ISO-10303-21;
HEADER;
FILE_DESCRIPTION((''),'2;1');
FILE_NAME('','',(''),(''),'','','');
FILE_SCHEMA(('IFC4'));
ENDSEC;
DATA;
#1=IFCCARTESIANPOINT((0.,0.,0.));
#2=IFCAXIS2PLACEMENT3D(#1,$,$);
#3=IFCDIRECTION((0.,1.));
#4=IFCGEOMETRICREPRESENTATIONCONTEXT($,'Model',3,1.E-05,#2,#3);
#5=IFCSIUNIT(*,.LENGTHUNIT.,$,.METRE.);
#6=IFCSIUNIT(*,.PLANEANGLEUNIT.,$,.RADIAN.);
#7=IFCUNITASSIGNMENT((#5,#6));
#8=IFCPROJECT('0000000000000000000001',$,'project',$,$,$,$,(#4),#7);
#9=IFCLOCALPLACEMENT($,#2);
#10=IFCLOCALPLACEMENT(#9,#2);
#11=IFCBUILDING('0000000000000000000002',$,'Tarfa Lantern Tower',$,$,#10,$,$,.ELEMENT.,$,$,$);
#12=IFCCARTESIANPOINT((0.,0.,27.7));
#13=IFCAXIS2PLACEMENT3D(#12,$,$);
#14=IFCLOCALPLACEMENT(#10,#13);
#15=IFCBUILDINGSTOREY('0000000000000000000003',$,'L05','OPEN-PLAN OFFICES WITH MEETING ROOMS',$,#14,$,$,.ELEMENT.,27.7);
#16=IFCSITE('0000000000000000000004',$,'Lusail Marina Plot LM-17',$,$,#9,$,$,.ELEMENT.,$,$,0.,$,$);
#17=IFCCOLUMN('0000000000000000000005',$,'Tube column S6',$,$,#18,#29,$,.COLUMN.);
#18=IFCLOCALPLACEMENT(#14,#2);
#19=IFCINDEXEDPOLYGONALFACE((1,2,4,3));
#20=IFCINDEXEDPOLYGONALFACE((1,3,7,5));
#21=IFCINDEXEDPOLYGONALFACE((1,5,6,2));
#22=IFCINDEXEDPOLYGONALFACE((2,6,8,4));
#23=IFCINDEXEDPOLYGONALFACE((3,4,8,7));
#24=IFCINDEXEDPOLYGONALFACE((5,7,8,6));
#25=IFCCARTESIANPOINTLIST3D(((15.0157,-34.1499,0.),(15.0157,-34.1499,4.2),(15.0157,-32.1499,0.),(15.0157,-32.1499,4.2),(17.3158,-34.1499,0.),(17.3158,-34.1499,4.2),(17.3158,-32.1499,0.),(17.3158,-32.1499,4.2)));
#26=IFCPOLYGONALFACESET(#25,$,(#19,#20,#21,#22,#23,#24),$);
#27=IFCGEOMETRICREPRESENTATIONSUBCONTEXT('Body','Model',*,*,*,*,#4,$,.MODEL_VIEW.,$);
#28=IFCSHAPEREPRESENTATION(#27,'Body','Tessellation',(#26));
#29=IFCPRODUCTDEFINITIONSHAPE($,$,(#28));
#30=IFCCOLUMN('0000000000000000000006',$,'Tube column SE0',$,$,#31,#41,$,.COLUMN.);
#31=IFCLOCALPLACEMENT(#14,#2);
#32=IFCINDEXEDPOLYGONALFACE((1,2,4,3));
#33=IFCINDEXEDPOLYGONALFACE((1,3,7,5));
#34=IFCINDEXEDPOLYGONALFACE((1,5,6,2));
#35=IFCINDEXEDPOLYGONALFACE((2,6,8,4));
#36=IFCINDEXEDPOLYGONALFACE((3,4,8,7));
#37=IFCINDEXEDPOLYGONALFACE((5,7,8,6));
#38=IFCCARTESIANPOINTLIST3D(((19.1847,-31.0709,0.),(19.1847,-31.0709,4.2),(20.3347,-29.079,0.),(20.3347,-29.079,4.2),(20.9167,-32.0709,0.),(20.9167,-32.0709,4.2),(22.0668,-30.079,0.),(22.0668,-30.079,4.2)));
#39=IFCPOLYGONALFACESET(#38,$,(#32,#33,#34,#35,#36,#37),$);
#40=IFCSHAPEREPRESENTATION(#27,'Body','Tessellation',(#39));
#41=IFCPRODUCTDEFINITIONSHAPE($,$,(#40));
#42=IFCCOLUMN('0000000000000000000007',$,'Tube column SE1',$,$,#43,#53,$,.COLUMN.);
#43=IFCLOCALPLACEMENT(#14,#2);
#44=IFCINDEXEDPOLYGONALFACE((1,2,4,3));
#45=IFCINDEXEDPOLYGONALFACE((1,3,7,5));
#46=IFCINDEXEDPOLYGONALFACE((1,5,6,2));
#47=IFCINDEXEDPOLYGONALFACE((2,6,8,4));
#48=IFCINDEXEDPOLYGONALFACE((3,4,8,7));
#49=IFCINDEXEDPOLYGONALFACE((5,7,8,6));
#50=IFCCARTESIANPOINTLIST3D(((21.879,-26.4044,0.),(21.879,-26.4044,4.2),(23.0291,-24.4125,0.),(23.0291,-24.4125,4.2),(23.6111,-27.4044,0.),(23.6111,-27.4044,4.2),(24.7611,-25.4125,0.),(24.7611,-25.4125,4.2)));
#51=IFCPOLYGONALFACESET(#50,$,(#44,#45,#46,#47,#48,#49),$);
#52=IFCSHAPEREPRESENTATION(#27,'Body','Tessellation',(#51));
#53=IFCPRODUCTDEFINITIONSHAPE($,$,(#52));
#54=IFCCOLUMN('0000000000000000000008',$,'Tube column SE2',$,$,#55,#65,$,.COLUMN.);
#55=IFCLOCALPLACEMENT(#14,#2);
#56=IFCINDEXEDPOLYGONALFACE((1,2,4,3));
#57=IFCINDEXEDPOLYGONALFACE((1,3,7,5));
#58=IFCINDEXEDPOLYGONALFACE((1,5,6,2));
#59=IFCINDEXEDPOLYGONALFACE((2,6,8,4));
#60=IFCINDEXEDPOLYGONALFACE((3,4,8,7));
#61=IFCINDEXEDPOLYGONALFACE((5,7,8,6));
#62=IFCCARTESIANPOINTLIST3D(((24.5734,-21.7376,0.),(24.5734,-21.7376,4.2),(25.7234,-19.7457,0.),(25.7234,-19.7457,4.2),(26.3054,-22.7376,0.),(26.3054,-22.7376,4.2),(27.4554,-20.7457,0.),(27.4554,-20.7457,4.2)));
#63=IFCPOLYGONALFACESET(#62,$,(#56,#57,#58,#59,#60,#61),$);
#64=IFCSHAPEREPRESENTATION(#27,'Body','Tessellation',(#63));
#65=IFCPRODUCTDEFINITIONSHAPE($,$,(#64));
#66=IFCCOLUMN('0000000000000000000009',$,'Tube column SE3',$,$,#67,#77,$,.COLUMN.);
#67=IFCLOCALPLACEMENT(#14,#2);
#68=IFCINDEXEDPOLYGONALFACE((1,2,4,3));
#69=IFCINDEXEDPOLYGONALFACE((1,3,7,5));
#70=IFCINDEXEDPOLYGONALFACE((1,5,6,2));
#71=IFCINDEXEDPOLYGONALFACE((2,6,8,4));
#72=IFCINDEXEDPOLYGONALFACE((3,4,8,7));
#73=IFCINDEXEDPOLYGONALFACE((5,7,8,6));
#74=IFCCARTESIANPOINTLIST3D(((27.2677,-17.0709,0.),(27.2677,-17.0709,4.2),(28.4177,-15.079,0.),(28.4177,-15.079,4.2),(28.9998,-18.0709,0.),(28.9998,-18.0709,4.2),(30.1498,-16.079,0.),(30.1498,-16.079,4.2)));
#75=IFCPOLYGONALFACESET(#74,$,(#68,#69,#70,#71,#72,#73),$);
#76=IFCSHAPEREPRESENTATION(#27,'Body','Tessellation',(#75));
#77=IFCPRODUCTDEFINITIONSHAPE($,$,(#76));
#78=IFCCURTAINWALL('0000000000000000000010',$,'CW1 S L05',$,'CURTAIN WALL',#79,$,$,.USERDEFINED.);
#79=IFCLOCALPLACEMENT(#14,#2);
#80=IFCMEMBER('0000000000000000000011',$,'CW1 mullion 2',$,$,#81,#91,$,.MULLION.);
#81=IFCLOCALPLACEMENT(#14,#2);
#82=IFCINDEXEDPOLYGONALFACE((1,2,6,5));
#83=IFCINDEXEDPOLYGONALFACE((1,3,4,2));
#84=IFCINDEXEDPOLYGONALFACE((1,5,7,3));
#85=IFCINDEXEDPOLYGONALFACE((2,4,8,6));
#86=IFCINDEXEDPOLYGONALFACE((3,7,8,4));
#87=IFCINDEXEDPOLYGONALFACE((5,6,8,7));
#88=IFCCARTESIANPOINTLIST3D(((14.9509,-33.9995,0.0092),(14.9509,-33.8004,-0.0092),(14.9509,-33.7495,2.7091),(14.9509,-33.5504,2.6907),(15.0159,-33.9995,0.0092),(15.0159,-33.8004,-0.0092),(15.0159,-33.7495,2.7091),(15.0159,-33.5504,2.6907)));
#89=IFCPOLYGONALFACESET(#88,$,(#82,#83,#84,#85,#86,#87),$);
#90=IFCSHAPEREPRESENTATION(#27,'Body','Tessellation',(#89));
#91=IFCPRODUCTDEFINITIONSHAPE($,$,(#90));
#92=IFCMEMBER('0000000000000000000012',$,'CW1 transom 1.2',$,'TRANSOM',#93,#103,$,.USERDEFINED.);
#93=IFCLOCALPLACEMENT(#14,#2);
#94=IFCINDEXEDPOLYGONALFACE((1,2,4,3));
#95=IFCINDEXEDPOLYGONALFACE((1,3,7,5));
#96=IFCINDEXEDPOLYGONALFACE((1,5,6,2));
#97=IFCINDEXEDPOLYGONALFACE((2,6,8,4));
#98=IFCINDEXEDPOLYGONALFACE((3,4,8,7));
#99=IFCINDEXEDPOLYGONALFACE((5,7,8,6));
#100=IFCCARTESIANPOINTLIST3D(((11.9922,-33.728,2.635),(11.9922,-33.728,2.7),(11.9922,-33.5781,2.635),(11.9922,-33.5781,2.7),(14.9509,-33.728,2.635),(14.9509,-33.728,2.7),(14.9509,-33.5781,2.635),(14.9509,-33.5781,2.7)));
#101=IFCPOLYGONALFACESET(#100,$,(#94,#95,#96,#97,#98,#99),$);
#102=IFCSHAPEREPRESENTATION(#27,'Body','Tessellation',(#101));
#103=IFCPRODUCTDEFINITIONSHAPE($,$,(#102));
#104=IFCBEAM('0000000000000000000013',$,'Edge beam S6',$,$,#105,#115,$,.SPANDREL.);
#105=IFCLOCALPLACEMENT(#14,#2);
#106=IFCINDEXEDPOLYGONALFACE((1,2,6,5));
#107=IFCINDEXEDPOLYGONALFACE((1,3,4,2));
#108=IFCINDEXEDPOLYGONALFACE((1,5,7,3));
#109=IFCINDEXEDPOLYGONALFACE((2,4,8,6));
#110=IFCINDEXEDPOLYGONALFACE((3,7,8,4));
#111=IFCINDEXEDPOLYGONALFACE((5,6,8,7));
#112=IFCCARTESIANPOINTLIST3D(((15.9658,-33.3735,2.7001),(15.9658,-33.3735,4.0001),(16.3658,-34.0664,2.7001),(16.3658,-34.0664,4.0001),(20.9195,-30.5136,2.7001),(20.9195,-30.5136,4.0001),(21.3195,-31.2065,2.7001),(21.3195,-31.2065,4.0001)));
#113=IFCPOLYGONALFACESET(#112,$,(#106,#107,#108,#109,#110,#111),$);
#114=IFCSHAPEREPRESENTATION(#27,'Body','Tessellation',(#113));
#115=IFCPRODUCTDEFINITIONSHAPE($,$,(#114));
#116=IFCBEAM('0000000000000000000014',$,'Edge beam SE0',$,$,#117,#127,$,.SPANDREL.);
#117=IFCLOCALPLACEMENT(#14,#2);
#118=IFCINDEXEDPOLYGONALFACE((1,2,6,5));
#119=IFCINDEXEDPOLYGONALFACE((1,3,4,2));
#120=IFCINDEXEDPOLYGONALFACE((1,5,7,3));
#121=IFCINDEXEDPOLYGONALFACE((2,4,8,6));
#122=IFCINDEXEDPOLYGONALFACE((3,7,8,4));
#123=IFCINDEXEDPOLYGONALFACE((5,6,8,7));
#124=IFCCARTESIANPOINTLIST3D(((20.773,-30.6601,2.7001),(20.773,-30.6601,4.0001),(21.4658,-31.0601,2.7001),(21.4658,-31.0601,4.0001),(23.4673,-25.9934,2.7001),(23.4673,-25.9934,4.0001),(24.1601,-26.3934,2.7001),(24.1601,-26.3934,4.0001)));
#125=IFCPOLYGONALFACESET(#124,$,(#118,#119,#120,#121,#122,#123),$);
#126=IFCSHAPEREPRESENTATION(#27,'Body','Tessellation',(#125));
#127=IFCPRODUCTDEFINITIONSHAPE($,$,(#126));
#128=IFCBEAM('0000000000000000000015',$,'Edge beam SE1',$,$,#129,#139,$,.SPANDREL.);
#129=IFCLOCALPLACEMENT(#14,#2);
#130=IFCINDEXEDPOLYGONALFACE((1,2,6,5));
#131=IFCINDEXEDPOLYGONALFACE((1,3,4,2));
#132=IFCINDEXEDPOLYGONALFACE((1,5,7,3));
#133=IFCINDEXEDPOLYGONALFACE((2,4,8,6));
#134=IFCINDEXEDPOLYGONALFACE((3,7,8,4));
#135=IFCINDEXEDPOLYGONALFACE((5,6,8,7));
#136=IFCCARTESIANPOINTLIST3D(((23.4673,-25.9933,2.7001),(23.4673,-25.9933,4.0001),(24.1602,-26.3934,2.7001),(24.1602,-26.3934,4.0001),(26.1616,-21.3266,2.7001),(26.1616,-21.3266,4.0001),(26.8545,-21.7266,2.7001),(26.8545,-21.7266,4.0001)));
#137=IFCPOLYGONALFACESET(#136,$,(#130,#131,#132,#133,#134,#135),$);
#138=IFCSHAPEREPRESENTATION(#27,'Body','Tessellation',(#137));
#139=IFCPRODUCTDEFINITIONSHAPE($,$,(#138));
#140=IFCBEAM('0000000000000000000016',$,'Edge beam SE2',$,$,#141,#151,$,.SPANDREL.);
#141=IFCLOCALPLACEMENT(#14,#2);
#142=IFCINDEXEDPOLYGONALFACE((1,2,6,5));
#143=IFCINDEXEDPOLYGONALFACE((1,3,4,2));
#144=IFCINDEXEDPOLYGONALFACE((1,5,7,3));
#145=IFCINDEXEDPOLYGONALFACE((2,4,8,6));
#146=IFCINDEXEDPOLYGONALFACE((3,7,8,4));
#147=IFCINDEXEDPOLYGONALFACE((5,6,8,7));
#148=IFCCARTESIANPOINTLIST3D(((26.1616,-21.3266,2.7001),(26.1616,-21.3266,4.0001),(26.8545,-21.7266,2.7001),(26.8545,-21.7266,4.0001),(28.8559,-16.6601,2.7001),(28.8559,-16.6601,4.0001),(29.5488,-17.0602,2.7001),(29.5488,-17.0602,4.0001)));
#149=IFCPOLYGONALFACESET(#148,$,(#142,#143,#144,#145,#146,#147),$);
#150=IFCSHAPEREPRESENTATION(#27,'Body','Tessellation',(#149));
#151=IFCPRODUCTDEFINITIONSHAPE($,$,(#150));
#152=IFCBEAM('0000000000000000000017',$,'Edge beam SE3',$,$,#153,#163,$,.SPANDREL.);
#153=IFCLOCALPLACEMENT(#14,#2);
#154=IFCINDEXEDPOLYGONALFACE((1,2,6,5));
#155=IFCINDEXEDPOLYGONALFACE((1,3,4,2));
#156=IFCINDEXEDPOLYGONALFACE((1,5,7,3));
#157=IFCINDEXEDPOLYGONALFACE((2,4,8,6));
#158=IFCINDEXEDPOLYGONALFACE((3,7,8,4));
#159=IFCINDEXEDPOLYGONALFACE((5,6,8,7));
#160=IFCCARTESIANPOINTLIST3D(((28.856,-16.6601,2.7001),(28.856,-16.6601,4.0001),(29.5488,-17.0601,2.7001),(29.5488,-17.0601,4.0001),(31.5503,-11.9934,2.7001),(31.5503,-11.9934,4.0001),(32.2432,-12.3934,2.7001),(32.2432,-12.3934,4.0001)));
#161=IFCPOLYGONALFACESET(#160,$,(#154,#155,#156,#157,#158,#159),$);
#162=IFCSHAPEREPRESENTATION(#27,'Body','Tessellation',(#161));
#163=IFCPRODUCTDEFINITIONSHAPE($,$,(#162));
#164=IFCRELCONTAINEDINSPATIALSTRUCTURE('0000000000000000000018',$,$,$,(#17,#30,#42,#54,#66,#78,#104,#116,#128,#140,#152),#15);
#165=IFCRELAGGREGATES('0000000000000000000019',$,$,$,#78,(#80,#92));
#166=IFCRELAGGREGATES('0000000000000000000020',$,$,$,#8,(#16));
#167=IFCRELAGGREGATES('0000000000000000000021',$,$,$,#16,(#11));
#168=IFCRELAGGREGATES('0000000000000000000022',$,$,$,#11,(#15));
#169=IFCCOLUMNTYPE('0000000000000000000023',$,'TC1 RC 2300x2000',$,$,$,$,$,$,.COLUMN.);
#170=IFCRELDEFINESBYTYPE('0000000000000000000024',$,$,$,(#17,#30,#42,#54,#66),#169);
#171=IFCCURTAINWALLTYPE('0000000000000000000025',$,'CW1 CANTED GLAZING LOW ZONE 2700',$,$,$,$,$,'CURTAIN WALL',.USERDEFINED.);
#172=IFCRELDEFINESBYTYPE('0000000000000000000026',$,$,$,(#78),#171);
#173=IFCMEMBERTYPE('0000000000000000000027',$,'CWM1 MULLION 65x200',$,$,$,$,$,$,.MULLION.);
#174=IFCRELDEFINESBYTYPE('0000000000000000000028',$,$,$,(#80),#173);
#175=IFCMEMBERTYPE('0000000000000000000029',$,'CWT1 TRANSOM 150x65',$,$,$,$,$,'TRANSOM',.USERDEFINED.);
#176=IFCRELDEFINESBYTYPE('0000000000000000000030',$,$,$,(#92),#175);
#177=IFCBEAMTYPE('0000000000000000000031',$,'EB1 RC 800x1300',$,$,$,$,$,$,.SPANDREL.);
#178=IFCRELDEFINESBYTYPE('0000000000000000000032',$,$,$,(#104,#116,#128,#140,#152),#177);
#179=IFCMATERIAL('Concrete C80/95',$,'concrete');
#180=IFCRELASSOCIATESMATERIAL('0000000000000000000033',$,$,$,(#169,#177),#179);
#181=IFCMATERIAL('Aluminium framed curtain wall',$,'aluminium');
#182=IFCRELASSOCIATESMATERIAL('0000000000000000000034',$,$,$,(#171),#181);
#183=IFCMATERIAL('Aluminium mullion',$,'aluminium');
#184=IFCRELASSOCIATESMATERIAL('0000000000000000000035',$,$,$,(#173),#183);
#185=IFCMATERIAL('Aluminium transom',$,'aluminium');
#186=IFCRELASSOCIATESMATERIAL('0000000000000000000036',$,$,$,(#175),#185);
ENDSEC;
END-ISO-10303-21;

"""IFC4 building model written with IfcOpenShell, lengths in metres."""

from ifc_helpers import new_model, si_unit, direction, frame, origin, origin_2d, place, context, subcontext, project, spatial, rectangle, extrude, material, material_profile, profile_set, type_object, element, aggregate, save


model = new_model("IFC4")

# Units and contexts
model_context = context("Model", 3, precision=1e-05, world=origin(), true_north=direction((0.0, 1.0)))
body_context = subcontext(model_context, "Body", "Model", "MODEL_VIEW")
ifc_project = project(units=[si_unit("LENGTHUNIT", "METRE"), si_unit("PLANEANGLEUNIT", "RADIAN")], contexts=[model_context])

# Site, building, storey
site_placement = place(None, origin())
site = spatial("IfcSite", under=ifc_project, at=site_placement, Name="Lusail Marina Plot LM-17", CompositionType="ELEMENT", RefElevation=0.0)
building_placement = place(site_placement, origin())
building = spatial("IfcBuilding", under=site, at=building_placement, Name="Tarfa Lantern Tower", CompositionType="ELEMENT")
storey_placement = place(building_placement, frame((0.0, 0.0, 27.7)))
storey = spatial("IfcBuildingStorey", under=building, at=storey_placement, Name="L05", Description="OPEN-PLAN OFFICES WITH MEETING ROOMS", CompositionType="ELEMENT", Elevation=27.7)

# Columns
ifc_material_1 = material(Name="Concrete C80/95", Category="concrete")
ifc_material_profile_1 = material_profile(ifc_material_1, rectangle(XDim=2.3, YDim=2.0, at=origin_2d()), Name="RC 2300x2000")
ifc_profile_set_1 = profile_set([ifc_material_profile_1], Name="Concrete C80/95")
column_type = type_object("IfcColumnType", Name="TC1 RC 2300x2000", PredefinedType="COLUMN", material=ifc_profile_set_1)
for number, where, z_axis, x_axis, name in (
    (1, (16.1658, -33.1499, 0.0), (0.0, 0.0, 1.0), (1.0, 0.0, 0.0), "Tube column S6"),
    (2, (20.6257, -30.575, 0.0), (0.0, 0.0, 1.0), (0.5, 0.866025, 0.0), "Tube column SE0"),
    (3, (23.3201, -25.9084, 0.0), (0.0, 0.0, 1.0), (0.5, 0.866025, 0.0), "Tube column SE1"),
    (4, (26.0144, -21.2417, 0.0), (0.0, 0.0, 1.0), (0.5, 0.866025, 0.0), "Tube column SE2"),
    (5, (28.7087, -16.575, 0.0), (0.0, 0.0, 1.0), (0.5, 0.866025, 0.0), "Tube column SE3"),
):
    element("IfcColumn", number, at=place(storey_placement, frame(where, z_axis=z_axis, x_axis=x_axis)), inside=storey, type_object=column_type, Name=name, PredefinedType="COLUMN", context=body_context, shape_type="SweptSolid", body=[
        extrude(rectangle(XDim=2.3, YDim=2.0, at=origin_2d()), origin(), (0.0, 0.0, 1.0), 4.2),
    ])

# Curtain wall, members
ifc_material_2 = material(Name="Aluminium framed curtain wall", Category="aluminium")
curtain_wall_type = type_object("IfcCurtainWallType", Name="CW1 CANTED GLAZING LOW ZONE 2700", ElementType="CURTAIN WALL", PredefinedType="USERDEFINED", material=ifc_material_2)
curtain_wall_placement = place(storey_placement, origin())
curtain_wall = element("IfcCurtainWall", 6, at=curtain_wall_placement, inside=storey, type_object=curtain_wall_type, Name="CW1 S L05", ObjectType="CURTAIN WALL", PredefinedType="USERDEFINED")
ifc_material_3 = material(Name="Aluminium mullion", Category="aluminium")
ifc_material_profile_2 = material_profile(ifc_material_3, rectangle(XDim=0.0649, YDim=0.2, at=origin_2d()), Name="AL MULLION 65x200")
ifc_profile_set_2 = profile_set([ifc_material_profile_2], Name="Aluminium mullion")
member_type_1 = type_object("IfcMemberType", Name="CWM1 MULLION 65x200", PredefinedType="MULLION", material=ifc_profile_set_2)
member_1_placement = place(storey_placement, frame((14.9834, -33.8999, 0.0), z_axis=(0.0, 0.0922, 0.995741), x_axis=(-1.0, 0.0, 0.0)))
member_1 = element("IfcMember", 7, at=member_1_placement, type_object=member_type_1, Name="CW1 mullion 2", PredefinedType="MULLION", context=body_context, shape_type="SweptSolid", body=[
    extrude(rectangle(XDim=0.0649, YDim=0.2, at=origin_2d()), origin(), (0.0, 0.0, 1.0), 2.7114),
])
ifc_material_4 = material(Name="Aluminium transom", Category="aluminium")
ifc_material_profile_3 = material_profile(ifc_material_4, rectangle(XDim=0.1499, YDim=0.0649, at=origin_2d()), Name="AL TRANSOM 150x65")
ifc_profile_set_3 = profile_set([ifc_material_profile_3], Name="Aluminium transom")
member_type_2 = type_object("IfcMemberType", Name="CWT1 TRANSOM 150x65", ElementType="TRANSOM", PredefinedType="USERDEFINED", material=ifc_profile_set_3)
member_2_placement = place(storey_placement, frame((11.9922, -33.6531, 2.6675), z_axis=(1.0, 0.0, 0.0), x_axis=(0.0, 1.0, 0.0)))
member_2 = element("IfcMember", 8, at=member_2_placement, type_object=member_type_2, Name="CW1 transom 1.2", ObjectType="TRANSOM", PredefinedType="USERDEFINED", context=body_context, shape_type="SweptSolid", body=[
    extrude(rectangle(XDim=0.1499, YDim=0.0649, at=origin_2d()), origin(), (0.0, 0.0, 1.0), 2.9587),
])

# Beams
ifc_material_profile_4 = material_profile(ifc_material_1, rectangle(XDim=0.8, YDim=1.3, at=origin_2d()), Name="RC 800x1300")
ifc_profile_set_4 = profile_set([ifc_material_profile_4], Name="Concrete C80/95")
beam_type_1 = type_object("IfcBeamType", Name="EB1 RC 800x1300", PredefinedType="SPANDREL", material=ifc_profile_set_4)
beam_1_placement = place(storey_placement, frame((16.1658, -33.72, 3.3501), z_axis=(0.866033, 0.499986, 0.0), x_axis=(-0.499986, 0.866033, 0.0)))
element("IfcBeam", 9, at=beam_1_placement, inside=storey, type_object=beam_type_1, Name="Edge beam S6", PredefinedType="SPANDREL", context=body_context, shape_type="SweptSolid", body=[
    extrude(rectangle(XDim=0.8, YDim=1.3, at=origin_2d()), origin(), (0.0, 0.0, 1.0), 5.72),
])
for number, where, z_axis, x_axis, name in (
    (10, (21.1194, -30.8601, 3.3501), (0.499998, 0.866026, 0.0), (-0.866026, 0.499998, 0.0), "Edge beam SE0"),
    (11, (23.8137, -26.1934, 3.3501), (0.499998, 0.866026, 0.0), (-0.866026, 0.499998, 0.0), "Edge beam SE1"),
):
    element("IfcBeam", number, at=place(storey_placement, frame(where, z_axis=z_axis, x_axis=x_axis)), inside=storey, type_object=beam_type_1, Name=name, PredefinedType="SPANDREL", context=body_context, shape_type="SweptSolid", body=[
        extrude(rectangle(XDim=0.8, YDim=1.3, at=origin_2d()), origin(), (0.0, 0.0, 1.0), 5.3887),
    ])
beam_2_placement = place(storey_placement, frame((26.5081, -21.5266, 3.3501), z_axis=(0.500018, 0.866015, 0.0), x_axis=(-0.866015, 0.500018, 0.0)))
element("IfcBeam", 12, at=beam_2_placement, inside=storey, type_object=beam_type_1, Name="Edge beam SE2", PredefinedType="SPANDREL", context=body_context, shape_type="SweptSolid", body=[
    extrude(rectangle(XDim=0.8, YDim=1.3, at=origin_2d()), origin(), (0.0, 0.0, 1.0), 5.3884),
])
beam_3_placement = place(storey_placement, frame((29.2024, -16.8601, 3.3501), z_axis=(0.499998, 0.866026, 0.0), x_axis=(-0.866026, 0.499998, 0.0)))
element("IfcBeam", 13, at=beam_3_placement, inside=storey, type_object=beam_type_1, Name="Edge beam SE3", PredefinedType="SPANDREL", context=body_context, shape_type="SweptSolid", body=[
    extrude(rectangle(XDim=0.8, YDim=1.3, at=origin_2d()), origin(), (0.0, 0.0, 1.0), 5.3887),
])

aggregate(curtain_wall, [member_1, member_2])

save(model, "model.ifc")
